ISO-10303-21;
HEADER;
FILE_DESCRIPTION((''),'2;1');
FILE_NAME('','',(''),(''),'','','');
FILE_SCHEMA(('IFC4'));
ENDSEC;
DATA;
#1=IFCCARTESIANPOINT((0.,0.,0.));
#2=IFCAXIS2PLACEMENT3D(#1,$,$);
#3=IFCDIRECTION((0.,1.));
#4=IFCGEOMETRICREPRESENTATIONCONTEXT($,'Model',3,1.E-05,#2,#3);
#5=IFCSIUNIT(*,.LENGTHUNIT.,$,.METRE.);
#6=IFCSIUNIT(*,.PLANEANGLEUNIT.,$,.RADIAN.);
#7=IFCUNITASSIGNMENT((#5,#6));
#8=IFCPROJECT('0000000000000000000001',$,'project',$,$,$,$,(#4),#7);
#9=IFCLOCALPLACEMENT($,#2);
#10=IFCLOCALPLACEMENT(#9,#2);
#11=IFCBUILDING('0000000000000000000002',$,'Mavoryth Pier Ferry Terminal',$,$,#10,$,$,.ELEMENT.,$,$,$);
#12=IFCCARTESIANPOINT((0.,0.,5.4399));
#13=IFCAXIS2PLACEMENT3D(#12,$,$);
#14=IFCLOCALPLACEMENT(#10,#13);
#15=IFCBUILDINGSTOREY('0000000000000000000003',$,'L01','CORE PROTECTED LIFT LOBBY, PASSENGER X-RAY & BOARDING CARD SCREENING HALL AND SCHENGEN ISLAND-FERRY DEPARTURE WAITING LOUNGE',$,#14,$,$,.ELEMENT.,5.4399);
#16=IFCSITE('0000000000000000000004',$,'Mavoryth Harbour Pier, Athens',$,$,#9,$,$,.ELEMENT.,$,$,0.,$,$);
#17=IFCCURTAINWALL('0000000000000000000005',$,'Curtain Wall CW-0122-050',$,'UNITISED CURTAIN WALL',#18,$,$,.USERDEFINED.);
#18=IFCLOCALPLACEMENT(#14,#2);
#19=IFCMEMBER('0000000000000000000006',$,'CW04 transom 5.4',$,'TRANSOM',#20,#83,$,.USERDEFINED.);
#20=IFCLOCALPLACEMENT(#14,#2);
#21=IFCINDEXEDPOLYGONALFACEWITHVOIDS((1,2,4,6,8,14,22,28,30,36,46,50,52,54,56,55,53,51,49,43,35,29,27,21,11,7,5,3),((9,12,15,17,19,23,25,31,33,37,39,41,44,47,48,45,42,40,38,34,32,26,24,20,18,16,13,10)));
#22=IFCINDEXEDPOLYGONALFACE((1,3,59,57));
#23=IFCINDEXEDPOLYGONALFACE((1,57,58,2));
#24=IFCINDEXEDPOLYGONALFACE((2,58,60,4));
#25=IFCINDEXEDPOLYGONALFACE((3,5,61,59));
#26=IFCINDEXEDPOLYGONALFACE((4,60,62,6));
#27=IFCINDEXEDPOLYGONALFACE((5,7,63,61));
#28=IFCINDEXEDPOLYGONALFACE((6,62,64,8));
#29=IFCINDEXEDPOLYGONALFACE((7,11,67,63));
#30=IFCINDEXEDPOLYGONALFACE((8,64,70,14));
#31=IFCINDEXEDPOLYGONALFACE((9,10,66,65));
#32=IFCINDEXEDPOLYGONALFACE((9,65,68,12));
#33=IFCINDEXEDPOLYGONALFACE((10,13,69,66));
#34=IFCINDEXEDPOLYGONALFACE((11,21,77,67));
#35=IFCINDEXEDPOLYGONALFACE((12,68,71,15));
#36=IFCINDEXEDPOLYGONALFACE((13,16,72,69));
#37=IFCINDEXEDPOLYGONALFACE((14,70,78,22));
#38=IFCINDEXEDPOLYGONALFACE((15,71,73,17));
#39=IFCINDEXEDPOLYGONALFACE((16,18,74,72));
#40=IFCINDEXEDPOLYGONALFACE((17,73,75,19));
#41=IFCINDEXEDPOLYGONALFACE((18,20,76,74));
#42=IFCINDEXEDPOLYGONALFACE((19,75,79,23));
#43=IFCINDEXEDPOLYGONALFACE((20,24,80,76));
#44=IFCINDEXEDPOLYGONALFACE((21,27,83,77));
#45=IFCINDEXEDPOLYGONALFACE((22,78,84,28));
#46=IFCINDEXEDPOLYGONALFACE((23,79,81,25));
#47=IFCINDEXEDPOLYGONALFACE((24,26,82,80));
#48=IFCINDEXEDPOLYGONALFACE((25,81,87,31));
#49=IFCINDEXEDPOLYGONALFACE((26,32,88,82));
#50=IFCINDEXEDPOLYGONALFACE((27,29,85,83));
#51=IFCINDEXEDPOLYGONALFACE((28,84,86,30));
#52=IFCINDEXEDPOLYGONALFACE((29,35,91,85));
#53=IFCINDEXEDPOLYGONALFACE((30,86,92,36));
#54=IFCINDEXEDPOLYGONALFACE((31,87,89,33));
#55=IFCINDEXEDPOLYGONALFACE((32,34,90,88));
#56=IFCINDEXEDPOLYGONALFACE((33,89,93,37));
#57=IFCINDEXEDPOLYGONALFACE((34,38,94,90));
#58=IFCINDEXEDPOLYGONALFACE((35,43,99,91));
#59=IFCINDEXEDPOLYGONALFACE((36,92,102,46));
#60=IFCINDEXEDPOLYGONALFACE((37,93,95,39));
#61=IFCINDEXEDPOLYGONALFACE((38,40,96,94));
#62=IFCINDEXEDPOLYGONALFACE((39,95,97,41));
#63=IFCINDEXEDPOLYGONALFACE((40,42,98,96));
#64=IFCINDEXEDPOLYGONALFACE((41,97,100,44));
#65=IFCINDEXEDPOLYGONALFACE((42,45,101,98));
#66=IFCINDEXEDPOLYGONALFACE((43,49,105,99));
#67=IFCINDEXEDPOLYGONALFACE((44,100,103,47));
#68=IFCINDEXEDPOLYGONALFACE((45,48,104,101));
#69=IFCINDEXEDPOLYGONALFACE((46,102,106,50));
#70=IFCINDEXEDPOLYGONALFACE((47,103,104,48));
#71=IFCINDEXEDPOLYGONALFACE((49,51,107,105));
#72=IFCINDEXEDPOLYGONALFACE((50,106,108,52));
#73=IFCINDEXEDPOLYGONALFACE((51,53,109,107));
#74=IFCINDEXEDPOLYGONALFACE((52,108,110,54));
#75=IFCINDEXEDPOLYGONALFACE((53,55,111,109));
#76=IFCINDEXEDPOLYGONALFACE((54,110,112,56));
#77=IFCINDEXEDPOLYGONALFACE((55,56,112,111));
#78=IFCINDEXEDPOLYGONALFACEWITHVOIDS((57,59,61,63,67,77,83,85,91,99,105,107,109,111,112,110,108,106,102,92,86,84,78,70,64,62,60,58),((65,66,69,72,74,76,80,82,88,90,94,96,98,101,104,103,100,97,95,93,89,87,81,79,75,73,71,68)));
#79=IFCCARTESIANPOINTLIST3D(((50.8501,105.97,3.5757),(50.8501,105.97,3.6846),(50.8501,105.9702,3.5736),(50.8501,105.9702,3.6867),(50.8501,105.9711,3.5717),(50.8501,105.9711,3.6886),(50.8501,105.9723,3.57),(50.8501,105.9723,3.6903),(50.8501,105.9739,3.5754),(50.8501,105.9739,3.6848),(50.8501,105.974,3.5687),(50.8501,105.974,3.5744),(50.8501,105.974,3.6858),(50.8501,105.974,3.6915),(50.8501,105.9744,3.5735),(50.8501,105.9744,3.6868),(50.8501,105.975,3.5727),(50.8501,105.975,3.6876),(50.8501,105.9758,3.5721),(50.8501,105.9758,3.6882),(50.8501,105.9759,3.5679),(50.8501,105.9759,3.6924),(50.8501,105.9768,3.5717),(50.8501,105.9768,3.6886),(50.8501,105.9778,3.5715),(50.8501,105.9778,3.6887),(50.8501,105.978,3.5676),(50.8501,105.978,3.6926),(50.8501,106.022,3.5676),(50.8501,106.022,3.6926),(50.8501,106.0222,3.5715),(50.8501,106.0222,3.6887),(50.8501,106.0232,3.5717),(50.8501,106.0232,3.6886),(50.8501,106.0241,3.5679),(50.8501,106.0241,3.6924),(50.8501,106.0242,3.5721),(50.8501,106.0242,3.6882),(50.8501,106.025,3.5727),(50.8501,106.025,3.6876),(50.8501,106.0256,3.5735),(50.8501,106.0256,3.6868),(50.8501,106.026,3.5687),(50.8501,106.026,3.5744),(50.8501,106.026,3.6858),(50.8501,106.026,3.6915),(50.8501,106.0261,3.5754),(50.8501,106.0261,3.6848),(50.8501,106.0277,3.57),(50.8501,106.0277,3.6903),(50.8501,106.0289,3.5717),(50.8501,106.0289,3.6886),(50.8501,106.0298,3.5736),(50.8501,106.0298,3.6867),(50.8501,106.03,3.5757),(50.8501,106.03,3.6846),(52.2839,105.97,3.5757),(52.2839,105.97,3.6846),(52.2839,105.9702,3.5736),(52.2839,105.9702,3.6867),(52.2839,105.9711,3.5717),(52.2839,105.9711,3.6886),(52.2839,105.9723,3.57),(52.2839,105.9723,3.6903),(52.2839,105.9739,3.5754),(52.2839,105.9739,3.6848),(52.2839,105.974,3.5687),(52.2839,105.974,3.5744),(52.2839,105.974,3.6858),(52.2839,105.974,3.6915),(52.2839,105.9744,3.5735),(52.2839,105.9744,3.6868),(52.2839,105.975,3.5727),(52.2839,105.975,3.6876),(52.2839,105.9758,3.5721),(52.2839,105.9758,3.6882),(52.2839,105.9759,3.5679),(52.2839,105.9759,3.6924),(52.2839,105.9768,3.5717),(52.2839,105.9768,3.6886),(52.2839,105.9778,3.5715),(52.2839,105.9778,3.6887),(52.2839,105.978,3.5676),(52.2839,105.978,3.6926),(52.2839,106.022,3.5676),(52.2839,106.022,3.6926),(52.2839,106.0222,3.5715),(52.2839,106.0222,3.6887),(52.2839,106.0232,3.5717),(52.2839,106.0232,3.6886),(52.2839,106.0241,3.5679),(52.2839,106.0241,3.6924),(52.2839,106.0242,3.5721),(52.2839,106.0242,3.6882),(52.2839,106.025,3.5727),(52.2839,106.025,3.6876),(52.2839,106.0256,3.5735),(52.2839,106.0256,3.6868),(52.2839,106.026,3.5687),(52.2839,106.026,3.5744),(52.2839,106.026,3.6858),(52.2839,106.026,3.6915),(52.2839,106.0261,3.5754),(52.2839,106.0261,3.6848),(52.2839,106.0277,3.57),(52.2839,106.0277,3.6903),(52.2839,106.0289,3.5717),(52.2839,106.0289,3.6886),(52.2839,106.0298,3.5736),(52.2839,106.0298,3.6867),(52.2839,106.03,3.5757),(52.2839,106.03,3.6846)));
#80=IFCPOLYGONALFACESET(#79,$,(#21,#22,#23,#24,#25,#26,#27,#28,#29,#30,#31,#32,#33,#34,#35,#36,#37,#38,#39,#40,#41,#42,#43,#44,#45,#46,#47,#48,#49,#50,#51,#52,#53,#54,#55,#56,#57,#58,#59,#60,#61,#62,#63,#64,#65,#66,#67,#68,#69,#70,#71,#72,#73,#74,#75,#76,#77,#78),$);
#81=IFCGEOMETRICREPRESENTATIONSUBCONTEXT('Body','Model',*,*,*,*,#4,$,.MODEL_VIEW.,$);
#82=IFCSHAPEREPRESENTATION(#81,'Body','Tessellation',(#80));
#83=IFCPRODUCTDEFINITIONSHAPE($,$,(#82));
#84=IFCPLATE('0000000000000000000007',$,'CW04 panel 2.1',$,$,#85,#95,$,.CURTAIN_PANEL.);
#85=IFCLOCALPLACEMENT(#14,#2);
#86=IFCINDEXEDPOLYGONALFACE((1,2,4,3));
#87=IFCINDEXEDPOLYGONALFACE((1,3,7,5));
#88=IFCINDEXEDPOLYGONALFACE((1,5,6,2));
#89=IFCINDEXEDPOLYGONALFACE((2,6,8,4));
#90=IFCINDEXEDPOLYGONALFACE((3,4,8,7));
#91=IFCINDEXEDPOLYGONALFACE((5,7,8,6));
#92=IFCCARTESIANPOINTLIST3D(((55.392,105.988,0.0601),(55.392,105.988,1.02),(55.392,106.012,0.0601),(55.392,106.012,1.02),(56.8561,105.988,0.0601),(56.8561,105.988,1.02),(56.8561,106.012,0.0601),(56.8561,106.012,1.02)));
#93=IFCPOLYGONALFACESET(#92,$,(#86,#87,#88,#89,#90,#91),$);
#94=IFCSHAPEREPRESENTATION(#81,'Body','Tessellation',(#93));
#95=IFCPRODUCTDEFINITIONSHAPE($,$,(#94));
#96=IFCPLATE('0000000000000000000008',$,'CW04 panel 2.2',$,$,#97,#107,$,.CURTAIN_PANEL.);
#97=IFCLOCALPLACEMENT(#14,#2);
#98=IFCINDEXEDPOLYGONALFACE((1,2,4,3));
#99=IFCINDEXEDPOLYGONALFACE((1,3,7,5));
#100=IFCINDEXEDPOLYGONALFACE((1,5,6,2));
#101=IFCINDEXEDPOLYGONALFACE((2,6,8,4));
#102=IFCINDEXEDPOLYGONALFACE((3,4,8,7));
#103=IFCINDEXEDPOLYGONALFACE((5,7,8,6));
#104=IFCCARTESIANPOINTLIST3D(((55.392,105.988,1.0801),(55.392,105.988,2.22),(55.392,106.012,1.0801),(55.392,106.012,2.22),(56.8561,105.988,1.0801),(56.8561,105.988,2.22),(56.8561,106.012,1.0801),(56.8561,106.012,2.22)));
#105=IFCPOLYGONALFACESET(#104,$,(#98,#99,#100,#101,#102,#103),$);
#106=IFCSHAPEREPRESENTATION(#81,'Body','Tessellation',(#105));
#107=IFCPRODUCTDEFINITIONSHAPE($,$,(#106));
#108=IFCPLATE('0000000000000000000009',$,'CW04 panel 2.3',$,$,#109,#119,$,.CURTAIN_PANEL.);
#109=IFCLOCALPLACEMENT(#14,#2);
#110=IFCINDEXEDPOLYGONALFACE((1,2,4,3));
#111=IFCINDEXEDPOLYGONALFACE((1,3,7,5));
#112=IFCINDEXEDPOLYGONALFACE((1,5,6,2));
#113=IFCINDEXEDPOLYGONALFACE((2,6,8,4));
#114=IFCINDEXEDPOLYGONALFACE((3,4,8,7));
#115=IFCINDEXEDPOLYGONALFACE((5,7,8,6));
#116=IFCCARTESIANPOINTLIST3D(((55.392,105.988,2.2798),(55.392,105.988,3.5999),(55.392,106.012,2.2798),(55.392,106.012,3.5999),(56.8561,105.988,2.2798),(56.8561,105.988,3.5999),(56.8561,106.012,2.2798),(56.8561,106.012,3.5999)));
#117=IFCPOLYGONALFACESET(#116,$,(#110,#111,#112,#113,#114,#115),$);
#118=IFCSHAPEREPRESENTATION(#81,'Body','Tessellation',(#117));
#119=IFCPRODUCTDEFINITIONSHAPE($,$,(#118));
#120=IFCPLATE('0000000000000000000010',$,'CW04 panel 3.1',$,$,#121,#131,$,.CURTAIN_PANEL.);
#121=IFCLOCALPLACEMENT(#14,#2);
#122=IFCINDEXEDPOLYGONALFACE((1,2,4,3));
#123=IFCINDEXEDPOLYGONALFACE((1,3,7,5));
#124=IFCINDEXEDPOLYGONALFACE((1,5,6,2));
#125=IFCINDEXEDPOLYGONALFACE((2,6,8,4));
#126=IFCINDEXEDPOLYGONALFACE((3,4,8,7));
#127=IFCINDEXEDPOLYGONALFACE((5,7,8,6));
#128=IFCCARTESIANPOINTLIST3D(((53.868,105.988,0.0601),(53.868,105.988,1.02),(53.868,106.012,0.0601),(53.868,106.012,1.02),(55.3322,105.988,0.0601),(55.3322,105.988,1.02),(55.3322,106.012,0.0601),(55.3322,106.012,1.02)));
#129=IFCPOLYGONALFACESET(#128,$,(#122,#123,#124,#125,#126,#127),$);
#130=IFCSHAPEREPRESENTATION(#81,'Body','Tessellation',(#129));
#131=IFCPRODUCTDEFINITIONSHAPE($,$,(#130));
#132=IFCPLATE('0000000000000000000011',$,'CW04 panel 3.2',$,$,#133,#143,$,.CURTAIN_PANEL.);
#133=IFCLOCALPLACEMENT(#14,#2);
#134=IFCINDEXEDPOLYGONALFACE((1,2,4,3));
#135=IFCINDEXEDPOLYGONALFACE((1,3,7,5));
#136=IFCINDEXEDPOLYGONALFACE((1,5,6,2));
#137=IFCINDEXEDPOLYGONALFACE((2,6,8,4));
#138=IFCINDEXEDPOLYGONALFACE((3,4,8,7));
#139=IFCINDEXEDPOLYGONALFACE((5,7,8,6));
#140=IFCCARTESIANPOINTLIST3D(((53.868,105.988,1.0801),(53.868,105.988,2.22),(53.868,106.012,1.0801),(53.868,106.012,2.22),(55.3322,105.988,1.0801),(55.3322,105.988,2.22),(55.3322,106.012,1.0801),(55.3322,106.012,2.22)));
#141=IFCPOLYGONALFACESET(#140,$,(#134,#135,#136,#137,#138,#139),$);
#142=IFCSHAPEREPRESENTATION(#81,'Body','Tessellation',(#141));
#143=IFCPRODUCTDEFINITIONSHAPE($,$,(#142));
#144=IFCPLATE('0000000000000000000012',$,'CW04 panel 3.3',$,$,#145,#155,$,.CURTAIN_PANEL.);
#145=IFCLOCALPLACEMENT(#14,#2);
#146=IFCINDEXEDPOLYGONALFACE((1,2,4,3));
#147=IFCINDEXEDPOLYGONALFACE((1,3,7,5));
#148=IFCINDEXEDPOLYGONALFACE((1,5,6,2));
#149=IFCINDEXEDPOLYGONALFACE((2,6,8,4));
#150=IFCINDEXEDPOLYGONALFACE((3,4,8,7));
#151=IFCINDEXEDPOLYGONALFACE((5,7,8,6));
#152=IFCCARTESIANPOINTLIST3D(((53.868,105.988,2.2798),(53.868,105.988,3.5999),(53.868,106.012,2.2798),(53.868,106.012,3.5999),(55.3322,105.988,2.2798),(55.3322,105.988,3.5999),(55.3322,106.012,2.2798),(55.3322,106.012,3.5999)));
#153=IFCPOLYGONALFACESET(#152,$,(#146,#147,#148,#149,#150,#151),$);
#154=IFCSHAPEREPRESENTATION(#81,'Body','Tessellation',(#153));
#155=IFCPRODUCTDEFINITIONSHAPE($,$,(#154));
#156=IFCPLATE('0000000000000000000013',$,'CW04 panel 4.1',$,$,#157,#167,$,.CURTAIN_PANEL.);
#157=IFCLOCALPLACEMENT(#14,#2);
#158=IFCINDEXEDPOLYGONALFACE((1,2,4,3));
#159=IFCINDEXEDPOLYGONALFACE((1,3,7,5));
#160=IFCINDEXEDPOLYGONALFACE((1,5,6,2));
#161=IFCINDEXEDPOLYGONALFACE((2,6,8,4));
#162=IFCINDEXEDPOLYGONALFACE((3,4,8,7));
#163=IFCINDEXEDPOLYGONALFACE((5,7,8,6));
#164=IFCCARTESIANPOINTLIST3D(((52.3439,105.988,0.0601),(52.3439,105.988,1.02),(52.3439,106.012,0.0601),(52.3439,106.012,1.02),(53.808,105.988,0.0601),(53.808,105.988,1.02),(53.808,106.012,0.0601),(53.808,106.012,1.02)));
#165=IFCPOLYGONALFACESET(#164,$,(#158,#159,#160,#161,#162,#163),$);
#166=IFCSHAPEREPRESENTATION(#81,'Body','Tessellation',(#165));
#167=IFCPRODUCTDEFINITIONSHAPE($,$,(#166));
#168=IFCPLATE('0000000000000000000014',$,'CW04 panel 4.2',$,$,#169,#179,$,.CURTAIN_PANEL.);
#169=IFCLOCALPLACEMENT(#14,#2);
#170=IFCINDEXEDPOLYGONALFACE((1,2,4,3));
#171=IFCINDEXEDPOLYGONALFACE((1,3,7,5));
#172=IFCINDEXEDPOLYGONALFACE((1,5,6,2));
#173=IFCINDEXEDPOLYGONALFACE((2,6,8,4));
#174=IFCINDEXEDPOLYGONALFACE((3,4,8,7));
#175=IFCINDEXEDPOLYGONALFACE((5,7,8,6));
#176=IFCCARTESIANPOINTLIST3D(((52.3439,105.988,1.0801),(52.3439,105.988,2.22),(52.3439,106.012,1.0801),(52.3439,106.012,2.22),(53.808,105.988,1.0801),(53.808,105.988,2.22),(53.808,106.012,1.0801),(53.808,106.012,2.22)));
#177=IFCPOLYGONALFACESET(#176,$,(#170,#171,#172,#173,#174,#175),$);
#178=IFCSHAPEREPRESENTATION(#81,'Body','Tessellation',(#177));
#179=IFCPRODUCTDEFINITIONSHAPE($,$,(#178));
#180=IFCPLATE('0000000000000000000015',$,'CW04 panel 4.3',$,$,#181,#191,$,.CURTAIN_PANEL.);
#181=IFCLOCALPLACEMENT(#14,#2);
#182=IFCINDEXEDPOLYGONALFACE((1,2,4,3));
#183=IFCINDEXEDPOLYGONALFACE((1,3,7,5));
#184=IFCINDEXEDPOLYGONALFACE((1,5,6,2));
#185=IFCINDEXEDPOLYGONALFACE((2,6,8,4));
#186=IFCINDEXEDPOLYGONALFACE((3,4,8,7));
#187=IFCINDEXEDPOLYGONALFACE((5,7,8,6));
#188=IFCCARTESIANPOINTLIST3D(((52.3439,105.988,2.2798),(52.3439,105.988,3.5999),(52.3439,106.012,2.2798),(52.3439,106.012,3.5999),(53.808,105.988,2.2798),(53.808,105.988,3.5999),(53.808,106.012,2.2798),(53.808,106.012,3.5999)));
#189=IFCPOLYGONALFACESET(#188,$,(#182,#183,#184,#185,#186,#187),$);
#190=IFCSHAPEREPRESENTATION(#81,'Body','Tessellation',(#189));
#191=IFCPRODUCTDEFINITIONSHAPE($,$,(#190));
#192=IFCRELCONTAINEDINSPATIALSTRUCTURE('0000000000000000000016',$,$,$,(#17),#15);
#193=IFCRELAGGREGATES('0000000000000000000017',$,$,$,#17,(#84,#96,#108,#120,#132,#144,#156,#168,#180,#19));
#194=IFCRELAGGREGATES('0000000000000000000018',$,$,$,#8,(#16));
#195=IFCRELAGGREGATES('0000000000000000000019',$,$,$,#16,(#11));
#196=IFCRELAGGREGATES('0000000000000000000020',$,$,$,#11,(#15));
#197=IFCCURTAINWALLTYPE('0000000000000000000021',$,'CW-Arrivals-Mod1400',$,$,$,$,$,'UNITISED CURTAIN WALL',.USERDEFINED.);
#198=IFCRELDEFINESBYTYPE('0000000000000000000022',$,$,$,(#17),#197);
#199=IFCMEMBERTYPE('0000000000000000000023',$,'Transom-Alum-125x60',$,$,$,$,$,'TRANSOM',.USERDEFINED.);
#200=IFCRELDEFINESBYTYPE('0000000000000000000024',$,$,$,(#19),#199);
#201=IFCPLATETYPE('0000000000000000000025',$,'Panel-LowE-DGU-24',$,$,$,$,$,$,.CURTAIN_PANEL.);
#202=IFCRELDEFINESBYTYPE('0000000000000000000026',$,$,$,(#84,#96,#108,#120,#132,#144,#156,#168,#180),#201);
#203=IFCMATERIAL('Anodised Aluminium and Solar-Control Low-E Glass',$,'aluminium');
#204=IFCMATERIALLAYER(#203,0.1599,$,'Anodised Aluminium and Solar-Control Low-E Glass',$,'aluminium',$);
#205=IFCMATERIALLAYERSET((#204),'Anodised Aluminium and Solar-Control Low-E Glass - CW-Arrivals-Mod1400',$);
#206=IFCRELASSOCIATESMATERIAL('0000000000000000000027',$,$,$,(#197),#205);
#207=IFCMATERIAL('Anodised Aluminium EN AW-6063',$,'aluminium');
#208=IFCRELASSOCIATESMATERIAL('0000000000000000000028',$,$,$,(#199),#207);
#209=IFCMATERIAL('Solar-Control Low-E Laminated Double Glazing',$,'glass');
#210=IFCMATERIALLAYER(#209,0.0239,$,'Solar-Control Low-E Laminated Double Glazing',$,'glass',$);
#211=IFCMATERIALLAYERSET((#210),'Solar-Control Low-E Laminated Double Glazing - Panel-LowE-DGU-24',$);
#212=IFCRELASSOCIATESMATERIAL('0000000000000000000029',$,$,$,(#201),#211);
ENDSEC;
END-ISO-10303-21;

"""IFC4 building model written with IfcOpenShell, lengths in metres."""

from ifc_helpers import new_model, si_unit, direction, frame, origin, origin_2d, place, context, subcontext, project, spatial, rectangle, hollow_rectangle, extrude, material, layer, layer_set, material_profile, profile_set, type_object, element, aggregate, save


model = new_model("IFC4")

# Units and contexts
model_context = context("Model", 3, precision=1e-05, world=origin(), true_north=direction((0.0, 1.0)))
body_context = subcontext(model_context, "Body", "Model", "MODEL_VIEW")
ifc_project = project(units=[si_unit("LENGTHUNIT", "METRE"), si_unit("PLANEANGLEUNIT", "RADIAN")], contexts=[model_context])

# Site, building, storey
site_placement = place(None, origin())
site = spatial("IfcSite", under=ifc_project, at=site_placement, Name="Mavoryth Harbour Pier, Athens", CompositionType="ELEMENT", RefElevation=0.0)
building_placement = place(site_placement, origin())
building = spatial("IfcBuilding", under=site, at=building_placement, Name="Mavoryth Pier Ferry Terminal", CompositionType="ELEMENT")
storey_placement = place(building_placement, frame((0.0, 0.0, 5.4399)))
storey = spatial("IfcBuildingStorey", under=building, at=storey_placement, Name="L01", Description="CORE PROTECTED LIFT LOBBY, PASSENGER X-RAY & BOARDING CARD SCREENING HALL AND SCHENGEN ISLAND-FERRY DEPARTURE WAITING LOUNGE", CompositionType="ELEMENT", Elevation=5.4399)

# Curtain wall
ifc_material_1 = material(Name="Anodised Aluminium and Solar-Control Low-E Glass", Category="aluminium")
ifc_layer_1 = layer(ifc_material_1, 0.1599, Name="Anodised Aluminium and Solar-Control Low-E Glass", Category="aluminium")
ifc_layer_set_1 = layer_set([ifc_layer_1], Name="Anodised Aluminium and Solar-Control Low-E Glass - CW-Arrivals-Mod1400")
curtain_wall_type = type_object("IfcCurtainWallType", Name="CW-Arrivals-Mod1400", ElementType="UNITISED CURTAIN WALL", PredefinedType="USERDEFINED", material=ifc_layer_set_1)
curtain_wall_placement = place(storey_placement, origin())
curtain_wall = element("IfcCurtainWall", 1, at=curtain_wall_placement, inside=storey, type_object=curtain_wall_type, Name="Curtain Wall CW-0122-050", ObjectType="UNITISED CURTAIN WALL", PredefinedType="USERDEFINED")
ifc_material_2 = material(Name="Anodised Aluminium EN AW-6063", Category="aluminium")

# Member
ifc_material_profile_1 = material_profile(ifc_material_2, hollow_rectangle(XDim=0.0601, YDim=0.125, WallThickness=0.0039, InnerFilletRadius=0.0039, OuterFilletRadius=0.0081, at=origin_2d()), Name="AL-TRAN 125x60x4", Category="aluminium")
ifc_profile_set_1 = profile_set([ifc_material_profile_1], Name="Anodised Aluminium EN AW-6063 - AL-TRAN 125x60x4")
member_type_1 = type_object("IfcMemberType", Name="Transom-Alum-125x60", ElementType="TRANSOM", PredefinedType="USERDEFINED", material=ifc_profile_set_1)
member_1_placement = place(storey_placement, frame((52.2839, 106.0, 3.6301), z_axis=(-1.0, 0.0, 0.0), x_axis=(0.0, -1.0, 0.0)))
member_1 = element("IfcMember", 2, at=member_1_placement, type_object=member_type_1, Name="CW04 transom 5.4", ObjectType="TRANSOM", PredefinedType="USERDEFINED", context=body_context, shape_type="SweptSolid", body=[
    extrude(hollow_rectangle(XDim=0.0601, YDim=0.125, WallThickness=0.0039, InnerFilletRadius=0.0039, OuterFilletRadius=0.0081, at=origin_2d()), origin(), (0.0, 0.0, 1.0), 1.4338),
])

# Plates
ifc_material_3 = material(Name="Solar-Control Low-E Laminated Double Glazing", Category="glass")
ifc_layer_2 = layer(ifc_material_3, 0.0239, Name="Solar-Control Low-E Laminated Double Glazing", Category="glass")
ifc_layer_set_2 = layer_set([ifc_layer_2], Name="Solar-Control Low-E Laminated Double Glazing - Panel-LowE-DGU-24")
plate_type = type_object("IfcPlateType", Name="Panel-LowE-DGU-24", PredefinedType="CURTAIN_PANEL", material=ifc_layer_set_2)
plate_1_placement = place(storey_placement, frame((56.124, 106.0, 0.0601), z_axis=(0.0, 0.0, 1.0), x_axis=(-1.0, 0.0, 0.0)))
plate_1 = element("IfcPlate", 3, at=plate_1_placement, type_object=plate_type, Name="CW04 panel 2.1", PredefinedType="CURTAIN_PANEL", context=body_context, shape_type="SweptSolid", body=[
    extrude(rectangle(XDim=1.4641, YDim=0.0239, at=origin_2d()), origin(), (0.0, 0.0, 1.0), 0.96),
])
plate_2_placement = place(storey_placement, frame((56.124, 106.0, 1.0801), z_axis=(0.0, 0.0, 1.0), x_axis=(-1.0, 0.0, 0.0)))
plate_2 = element("IfcPlate", 4, at=plate_2_placement, type_object=plate_type, Name="CW04 panel 2.2", PredefinedType="CURTAIN_PANEL", context=body_context, shape_type="SweptSolid", body=[
    extrude(rectangle(XDim=1.4641, YDim=0.0239, at=origin_2d()), origin(), (0.0, 0.0, 1.0), 1.1399),
])
plate_3_placement = place(storey_placement, frame((56.124, 106.0, 2.2798), z_axis=(0.0, 0.0, 1.0), x_axis=(-1.0, 0.0, 0.0)))
plate_3 = element("IfcPlate", 5, at=plate_3_placement, type_object=plate_type, Name="CW04 panel 2.3", PredefinedType="CURTAIN_PANEL", context=body_context, shape_type="SweptSolid", body=[
    extrude(rectangle(XDim=1.4641, YDim=0.0239, at=origin_2d()), origin(), (0.0, 0.0, 1.0), 1.3201),
])
plate_4_placement = place(storey_placement, frame((54.6001, 106.0, 0.0601), z_axis=(0.0, 0.0, 1.0), x_axis=(-1.0, 0.0, 0.0)))
plate_4 = element("IfcPlate", 6, at=plate_4_placement, type_object=plate_type, Name="CW04 panel 3.1", PredefinedType="CURTAIN_PANEL", context=body_context, shape_type="SweptSolid", body=[
    extrude(rectangle(XDim=1.4641, YDim=0.0239, at=origin_2d()), origin(), (0.0, 0.0, 1.0), 0.96),
])
plate_5_placement = place(storey_placement, frame((54.6001, 106.0, 1.0801), z_axis=(0.0, 0.0, 1.0), x_axis=(-1.0, 0.0, 0.0)))
plate_5 = element("IfcPlate", 7, at=plate_5_placement, type_object=plate_type, Name="CW04 panel 3.2", PredefinedType="CURTAIN_PANEL", context=body_context, shape_type="SweptSolid", body=[
    extrude(rectangle(XDim=1.4641, YDim=0.0239, at=origin_2d()), origin(), (0.0, 0.0, 1.0), 1.1399),
])
plate_6_placement = place(storey_placement, frame((54.6001, 106.0, 2.2798), z_axis=(0.0, 0.0, 1.0), x_axis=(-1.0, 0.0, 0.0)))
plate_6 = element("IfcPlate", 8, at=plate_6_placement, type_object=plate_type, Name="CW04 panel 3.3", PredefinedType="CURTAIN_PANEL", context=body_context, shape_type="SweptSolid", body=[
    extrude(rectangle(XDim=1.4641, YDim=0.0239, at=origin_2d()), origin(), (0.0, 0.0, 1.0), 1.3201),
])
plate_7_placement = place(storey_placement, frame((53.0759, 106.0, 0.0601), z_axis=(0.0, 0.0, 1.0), x_axis=(-1.0, 0.0, 0.0)))
plate_7 = element("IfcPlate", 9, at=plate_7_placement, type_object=plate_type, Name="CW04 panel 4.1", PredefinedType="CURTAIN_PANEL", context=body_context, shape_type="SweptSolid", body=[
    extrude(rectangle(XDim=1.4641, YDim=0.0239, at=origin_2d()), origin(), (0.0, 0.0, 1.0), 0.96),
])
plate_8_placement = place(storey_placement, frame((53.0759, 106.0, 1.0801), z_axis=(0.0, 0.0, 1.0), x_axis=(-1.0, 0.0, 0.0)))
plate_8 = element("IfcPlate", 10, at=plate_8_placement, type_object=plate_type, Name="CW04 panel 4.2", PredefinedType="CURTAIN_PANEL", context=body_context, shape_type="SweptSolid", body=[
    extrude(rectangle(XDim=1.4641, YDim=0.0239, at=origin_2d()), origin(), (0.0, 0.0, 1.0), 1.1399),
])
plate_9_placement = place(storey_placement, frame((53.0759, 106.0, 2.2798), z_axis=(0.0, 0.0, 1.0), x_axis=(-1.0, 0.0, 0.0)))
plate_9 = element("IfcPlate", 11, at=plate_9_placement, type_object=plate_type, Name="CW04 panel 4.3", PredefinedType="CURTAIN_PANEL", context=body_context, shape_type="SweptSolid", body=[
    extrude(rectangle(XDim=1.4641, YDim=0.0239, at=origin_2d()), origin(), (0.0, 0.0, 1.0), 1.3201),
])
aggregate(curtain_wall, [plate_1, plate_2, plate_3, plate_4, plate_5, plate_6, plate_7, plate_8, plate_9, member_1])

save(model, "model.ifc")
